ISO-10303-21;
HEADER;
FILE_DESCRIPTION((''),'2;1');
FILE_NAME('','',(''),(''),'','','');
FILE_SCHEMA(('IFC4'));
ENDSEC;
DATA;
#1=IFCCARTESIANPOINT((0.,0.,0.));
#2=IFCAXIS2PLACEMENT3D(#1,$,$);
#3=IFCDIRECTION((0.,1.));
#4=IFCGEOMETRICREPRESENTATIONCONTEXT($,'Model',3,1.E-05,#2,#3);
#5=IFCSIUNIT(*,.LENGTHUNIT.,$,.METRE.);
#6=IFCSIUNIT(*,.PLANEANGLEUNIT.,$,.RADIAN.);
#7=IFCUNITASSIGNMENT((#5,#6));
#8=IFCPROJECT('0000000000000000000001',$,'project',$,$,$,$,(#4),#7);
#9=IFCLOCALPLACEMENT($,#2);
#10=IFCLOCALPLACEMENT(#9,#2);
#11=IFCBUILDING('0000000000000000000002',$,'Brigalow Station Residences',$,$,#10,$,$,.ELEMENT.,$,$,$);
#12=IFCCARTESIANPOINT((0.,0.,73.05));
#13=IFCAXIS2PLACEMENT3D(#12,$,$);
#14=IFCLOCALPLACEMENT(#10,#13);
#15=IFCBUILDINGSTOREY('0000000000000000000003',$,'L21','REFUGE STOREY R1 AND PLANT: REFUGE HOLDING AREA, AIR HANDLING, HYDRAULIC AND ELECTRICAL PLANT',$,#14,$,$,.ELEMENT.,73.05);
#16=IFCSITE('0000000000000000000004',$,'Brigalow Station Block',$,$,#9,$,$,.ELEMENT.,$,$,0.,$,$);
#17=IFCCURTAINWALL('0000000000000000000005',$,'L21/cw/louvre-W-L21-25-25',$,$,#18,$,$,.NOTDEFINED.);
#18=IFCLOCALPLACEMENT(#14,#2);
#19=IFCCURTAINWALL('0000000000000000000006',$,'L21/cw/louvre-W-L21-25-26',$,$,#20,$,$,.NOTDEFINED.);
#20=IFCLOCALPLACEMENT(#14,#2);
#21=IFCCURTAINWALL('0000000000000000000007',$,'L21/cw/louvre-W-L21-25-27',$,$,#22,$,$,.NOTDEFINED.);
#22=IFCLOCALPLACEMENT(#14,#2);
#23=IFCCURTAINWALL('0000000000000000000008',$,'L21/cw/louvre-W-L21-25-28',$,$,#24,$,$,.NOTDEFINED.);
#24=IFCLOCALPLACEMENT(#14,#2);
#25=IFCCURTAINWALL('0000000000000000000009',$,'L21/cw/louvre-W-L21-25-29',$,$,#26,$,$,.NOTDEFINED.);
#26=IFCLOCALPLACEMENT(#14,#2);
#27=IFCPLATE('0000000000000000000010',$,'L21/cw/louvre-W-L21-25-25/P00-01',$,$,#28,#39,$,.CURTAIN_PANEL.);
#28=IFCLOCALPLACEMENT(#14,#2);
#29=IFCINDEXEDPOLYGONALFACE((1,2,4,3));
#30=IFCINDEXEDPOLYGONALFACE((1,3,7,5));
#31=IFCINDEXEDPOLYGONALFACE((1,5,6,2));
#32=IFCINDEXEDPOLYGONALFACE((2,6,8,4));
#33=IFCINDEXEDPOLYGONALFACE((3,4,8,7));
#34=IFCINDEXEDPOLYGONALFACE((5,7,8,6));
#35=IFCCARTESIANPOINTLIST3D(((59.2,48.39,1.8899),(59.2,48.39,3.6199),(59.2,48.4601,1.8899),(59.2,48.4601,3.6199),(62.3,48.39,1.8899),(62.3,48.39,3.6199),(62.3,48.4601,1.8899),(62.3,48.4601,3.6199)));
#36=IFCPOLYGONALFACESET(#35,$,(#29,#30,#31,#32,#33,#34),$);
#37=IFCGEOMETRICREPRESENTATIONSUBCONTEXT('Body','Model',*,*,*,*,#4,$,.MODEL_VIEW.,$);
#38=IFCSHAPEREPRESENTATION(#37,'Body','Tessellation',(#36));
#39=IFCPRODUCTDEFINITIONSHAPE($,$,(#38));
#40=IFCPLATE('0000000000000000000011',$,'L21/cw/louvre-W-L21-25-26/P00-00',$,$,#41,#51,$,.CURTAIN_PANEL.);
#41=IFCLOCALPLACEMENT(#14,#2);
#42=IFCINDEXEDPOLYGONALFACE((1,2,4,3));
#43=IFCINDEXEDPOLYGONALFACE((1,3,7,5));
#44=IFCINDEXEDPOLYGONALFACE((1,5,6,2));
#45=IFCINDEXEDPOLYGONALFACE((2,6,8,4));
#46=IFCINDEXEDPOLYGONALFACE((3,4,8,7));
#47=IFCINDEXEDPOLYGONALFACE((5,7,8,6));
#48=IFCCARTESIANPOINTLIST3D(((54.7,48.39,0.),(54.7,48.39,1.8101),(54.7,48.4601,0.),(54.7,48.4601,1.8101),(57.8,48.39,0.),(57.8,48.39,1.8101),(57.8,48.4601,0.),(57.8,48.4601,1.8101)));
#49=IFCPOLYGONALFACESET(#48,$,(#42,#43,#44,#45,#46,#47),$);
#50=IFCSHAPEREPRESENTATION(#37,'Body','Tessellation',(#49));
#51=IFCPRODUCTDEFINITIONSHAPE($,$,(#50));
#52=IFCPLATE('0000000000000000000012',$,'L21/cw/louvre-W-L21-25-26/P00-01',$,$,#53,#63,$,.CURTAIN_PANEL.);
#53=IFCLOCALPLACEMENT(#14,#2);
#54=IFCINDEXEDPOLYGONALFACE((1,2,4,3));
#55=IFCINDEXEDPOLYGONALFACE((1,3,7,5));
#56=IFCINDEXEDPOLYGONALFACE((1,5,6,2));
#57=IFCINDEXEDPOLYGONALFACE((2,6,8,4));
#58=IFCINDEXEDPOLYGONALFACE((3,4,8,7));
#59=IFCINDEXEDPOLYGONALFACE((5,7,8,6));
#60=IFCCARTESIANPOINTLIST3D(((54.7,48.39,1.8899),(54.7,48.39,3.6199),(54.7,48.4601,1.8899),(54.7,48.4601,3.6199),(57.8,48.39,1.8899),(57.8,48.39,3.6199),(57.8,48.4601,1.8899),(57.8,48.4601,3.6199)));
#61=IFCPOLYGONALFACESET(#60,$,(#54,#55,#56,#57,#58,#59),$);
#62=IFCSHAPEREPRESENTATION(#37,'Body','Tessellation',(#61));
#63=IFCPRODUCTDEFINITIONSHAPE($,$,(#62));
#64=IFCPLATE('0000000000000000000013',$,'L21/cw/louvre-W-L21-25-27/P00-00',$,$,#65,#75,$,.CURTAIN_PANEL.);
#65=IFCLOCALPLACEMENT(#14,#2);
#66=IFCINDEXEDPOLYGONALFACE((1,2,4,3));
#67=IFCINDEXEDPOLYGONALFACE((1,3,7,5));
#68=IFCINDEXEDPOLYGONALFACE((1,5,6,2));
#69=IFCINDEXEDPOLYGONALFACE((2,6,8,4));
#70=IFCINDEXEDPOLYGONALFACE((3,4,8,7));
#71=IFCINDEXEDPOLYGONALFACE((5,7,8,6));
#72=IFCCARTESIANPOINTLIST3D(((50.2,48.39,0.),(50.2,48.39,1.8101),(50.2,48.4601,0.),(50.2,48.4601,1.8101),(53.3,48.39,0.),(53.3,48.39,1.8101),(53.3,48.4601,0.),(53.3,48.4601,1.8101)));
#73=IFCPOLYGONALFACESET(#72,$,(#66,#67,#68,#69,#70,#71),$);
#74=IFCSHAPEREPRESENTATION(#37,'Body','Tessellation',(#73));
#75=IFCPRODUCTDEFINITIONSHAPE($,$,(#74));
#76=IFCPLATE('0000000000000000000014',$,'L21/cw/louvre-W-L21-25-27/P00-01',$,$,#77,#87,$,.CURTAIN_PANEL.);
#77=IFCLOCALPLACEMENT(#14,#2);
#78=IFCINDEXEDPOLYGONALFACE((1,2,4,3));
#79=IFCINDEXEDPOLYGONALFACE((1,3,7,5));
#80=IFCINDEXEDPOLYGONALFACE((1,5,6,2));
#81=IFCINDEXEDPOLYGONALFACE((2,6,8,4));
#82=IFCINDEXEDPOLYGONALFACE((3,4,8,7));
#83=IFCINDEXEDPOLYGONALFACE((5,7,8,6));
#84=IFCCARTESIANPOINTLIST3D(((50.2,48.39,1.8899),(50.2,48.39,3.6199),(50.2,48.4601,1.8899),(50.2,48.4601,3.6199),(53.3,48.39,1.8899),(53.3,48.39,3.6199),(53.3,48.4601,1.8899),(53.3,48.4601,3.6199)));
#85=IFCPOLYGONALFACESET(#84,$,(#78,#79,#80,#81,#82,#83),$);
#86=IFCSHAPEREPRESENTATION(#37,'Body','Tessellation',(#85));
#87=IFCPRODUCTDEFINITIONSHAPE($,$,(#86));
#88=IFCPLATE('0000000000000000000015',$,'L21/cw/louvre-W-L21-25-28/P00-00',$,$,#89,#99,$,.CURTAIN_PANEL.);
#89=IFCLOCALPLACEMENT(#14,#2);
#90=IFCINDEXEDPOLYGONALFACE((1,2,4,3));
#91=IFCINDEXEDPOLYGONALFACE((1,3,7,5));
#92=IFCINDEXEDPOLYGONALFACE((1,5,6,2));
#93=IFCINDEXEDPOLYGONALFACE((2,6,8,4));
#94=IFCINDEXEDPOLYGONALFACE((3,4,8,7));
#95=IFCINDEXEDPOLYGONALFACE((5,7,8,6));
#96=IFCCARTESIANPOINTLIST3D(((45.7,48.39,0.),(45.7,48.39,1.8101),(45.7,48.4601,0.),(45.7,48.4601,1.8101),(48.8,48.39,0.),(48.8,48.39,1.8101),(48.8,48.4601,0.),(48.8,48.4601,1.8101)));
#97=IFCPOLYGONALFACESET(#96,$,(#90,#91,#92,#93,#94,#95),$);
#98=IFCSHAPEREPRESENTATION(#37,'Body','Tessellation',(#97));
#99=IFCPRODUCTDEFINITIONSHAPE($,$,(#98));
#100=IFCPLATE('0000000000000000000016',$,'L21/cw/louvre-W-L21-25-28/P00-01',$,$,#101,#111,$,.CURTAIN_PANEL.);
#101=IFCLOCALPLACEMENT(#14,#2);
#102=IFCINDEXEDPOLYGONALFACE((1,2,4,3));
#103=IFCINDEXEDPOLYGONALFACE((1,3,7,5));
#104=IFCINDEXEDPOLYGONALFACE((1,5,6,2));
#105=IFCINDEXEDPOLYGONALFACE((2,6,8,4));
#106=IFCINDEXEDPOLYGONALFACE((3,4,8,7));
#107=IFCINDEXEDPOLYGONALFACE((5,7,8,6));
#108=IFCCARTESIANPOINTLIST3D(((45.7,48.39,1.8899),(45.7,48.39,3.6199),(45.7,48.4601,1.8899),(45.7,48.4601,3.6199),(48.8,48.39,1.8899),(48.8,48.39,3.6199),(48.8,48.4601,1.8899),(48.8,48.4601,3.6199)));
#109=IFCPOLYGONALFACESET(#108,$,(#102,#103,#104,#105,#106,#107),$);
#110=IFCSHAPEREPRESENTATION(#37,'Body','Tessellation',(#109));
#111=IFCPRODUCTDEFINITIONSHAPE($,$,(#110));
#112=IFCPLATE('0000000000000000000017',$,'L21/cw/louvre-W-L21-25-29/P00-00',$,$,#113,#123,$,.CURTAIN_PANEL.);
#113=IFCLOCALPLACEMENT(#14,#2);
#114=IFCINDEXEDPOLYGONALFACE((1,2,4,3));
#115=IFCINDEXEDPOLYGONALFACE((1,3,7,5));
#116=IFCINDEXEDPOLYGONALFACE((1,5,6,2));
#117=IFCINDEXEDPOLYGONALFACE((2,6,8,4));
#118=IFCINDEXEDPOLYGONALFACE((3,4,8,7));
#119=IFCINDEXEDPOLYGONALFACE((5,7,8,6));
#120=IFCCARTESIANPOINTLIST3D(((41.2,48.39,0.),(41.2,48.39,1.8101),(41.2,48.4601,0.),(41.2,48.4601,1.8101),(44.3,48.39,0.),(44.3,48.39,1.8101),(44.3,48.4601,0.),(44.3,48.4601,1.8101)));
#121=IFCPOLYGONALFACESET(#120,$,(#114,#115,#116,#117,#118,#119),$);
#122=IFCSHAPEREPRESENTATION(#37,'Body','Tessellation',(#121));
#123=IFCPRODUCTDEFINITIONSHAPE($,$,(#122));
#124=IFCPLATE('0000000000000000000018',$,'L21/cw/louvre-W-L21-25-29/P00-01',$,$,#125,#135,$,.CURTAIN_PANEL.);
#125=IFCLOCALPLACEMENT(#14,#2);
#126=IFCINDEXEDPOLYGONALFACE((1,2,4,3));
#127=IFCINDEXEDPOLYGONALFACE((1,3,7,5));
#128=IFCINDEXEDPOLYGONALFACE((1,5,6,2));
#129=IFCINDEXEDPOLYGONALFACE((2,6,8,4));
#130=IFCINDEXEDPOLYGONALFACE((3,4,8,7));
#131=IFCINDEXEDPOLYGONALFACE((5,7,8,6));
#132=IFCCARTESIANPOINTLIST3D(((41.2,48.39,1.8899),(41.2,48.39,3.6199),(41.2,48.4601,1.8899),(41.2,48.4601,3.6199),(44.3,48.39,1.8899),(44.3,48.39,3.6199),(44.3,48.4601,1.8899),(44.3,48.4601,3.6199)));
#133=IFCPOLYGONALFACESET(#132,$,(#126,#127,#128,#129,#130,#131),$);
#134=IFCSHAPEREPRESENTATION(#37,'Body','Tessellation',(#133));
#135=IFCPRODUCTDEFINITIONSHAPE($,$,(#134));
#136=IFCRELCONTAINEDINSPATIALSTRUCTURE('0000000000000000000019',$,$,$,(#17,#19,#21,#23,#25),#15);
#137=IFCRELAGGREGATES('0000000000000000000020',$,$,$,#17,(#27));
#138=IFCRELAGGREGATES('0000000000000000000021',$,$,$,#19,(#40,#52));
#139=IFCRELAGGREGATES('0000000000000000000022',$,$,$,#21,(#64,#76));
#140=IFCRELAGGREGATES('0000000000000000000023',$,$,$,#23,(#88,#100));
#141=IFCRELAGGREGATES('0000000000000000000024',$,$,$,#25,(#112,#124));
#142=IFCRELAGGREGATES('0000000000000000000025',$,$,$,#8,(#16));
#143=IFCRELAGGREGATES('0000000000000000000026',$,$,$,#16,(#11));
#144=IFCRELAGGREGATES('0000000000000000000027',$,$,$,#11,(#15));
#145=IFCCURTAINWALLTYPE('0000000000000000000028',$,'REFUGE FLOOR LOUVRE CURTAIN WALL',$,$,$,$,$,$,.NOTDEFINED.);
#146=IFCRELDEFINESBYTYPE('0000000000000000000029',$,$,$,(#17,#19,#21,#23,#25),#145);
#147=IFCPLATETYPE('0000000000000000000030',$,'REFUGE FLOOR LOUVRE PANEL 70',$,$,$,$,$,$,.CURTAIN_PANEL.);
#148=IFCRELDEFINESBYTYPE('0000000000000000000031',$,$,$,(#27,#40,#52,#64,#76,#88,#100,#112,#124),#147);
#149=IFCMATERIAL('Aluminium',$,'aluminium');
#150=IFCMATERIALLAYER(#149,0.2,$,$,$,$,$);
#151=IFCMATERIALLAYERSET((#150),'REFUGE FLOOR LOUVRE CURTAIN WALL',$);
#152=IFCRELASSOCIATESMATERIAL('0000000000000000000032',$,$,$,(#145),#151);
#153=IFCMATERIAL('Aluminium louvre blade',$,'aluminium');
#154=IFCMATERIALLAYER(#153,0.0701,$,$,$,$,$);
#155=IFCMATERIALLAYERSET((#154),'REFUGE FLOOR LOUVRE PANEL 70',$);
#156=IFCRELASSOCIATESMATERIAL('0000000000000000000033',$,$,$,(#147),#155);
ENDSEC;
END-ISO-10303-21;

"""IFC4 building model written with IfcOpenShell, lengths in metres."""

from ifc_helpers import new_model, si_unit, direction, frame, origin, origin_2d, place, context, subcontext, project, spatial, rectangle, extrude, material, layer, layer_set, type_object, element, aggregate, save


model = new_model("IFC4")

# Units and contexts
model_context = context("Model", 3, precision=1e-05, world=origin(), true_north=direction((0.0, 1.0)))
body_context = subcontext(model_context, "Body", "Model", "MODEL_VIEW")
ifc_project = project(units=[si_unit("LENGTHUNIT", "METRE"), si_unit("PLANEANGLEUNIT", "RADIAN")], contexts=[model_context])

# Site, building, storey
site_placement = place(None, origin())
site = spatial("IfcSite", under=ifc_project, at=site_placement, Name="Brigalow Station Block", CompositionType="ELEMENT", RefElevation=0.0)
building_placement = place(site_placement, origin())
building = spatial("IfcBuilding", under=site, at=building_placement, Name="Brigalow Station Residences", CompositionType="ELEMENT")
storey_placement = place(building_placement, frame((0.0, 0.0, 73.05)))
storey = spatial("IfcBuildingStorey", under=building, at=storey_placement, Name="L21", Description="REFUGE STOREY R1 AND PLANT: REFUGE HOLDING AREA, AIR HANDLING, HYDRAULIC AND ELECTRICAL PLANT", CompositionType="ELEMENT", Elevation=73.05)

# Curtain walls
ifc_material_1 = material(Name="Aluminium", Category="aluminium")
ifc_layer_1 = layer(ifc_material_1, 0.2)
ifc_layer_set_1 = layer_set([ifc_layer_1], Name="REFUGE FLOOR LOUVRE CURTAIN WALL")
curtain_wall_type = type_object("IfcCurtainWallType", Name="REFUGE FLOOR LOUVRE CURTAIN WALL", PredefinedType="NOTDEFINED", material=ifc_layer_set_1)
curtain_wall_1_placement = place(storey_placement, origin())
curtain_wall_1 = element("IfcCurtainWall", 1, at=curtain_wall_1_placement, inside=storey, type_object=curtain_wall_type, Name="L21/cw/louvre-W-L21-25-25", PredefinedType="NOTDEFINED")
curtain_wall_2_placement = place(storey_placement, origin())
curtain_wall_2 = element("IfcCurtainWall", 2, at=curtain_wall_2_placement, inside=storey, type_object=curtain_wall_type, Name="L21/cw/louvre-W-L21-25-26", PredefinedType="NOTDEFINED")
curtain_wall_3_placement = place(storey_placement, origin())
curtain_wall_3 = element("IfcCurtainWall", 3, at=curtain_wall_3_placement, inside=storey, type_object=curtain_wall_type, Name="L21/cw/louvre-W-L21-25-27", PredefinedType="NOTDEFINED")
curtain_wall_4_placement = place(storey_placement, origin())
curtain_wall_4 = element("IfcCurtainWall", 4, at=curtain_wall_4_placement, inside=storey, type_object=curtain_wall_type, Name="L21/cw/louvre-W-L21-25-28", PredefinedType="NOTDEFINED")
curtain_wall_5_placement = place(storey_placement, origin())
curtain_wall_5 = element("IfcCurtainWall", 5, at=curtain_wall_5_placement, inside=storey, type_object=curtain_wall_type, Name="L21/cw/louvre-W-L21-25-29", PredefinedType="NOTDEFINED")

# Plates
ifc_material_2 = material(Name="Aluminium louvre blade", Category="aluminium")
ifc_layer_2 = layer(ifc_material_2, 0.0701)
ifc_layer_set_2 = layer_set([ifc_layer_2], Name="REFUGE FLOOR LOUVRE PANEL 70")
plate_type = type_object("IfcPlateType", Name="REFUGE FLOOR LOUVRE PANEL 70", PredefinedType="CURTAIN_PANEL", material=ifc_layer_set_2)
plate_1_placement = place(storey_placement, frame((60.75, 48.425, 1.8899), z_axis=(0.0, 0.0, 1.0), x_axis=(-1.0, 0.0, 0.0)))
plate_1 = element("IfcPlate", 6, at=plate_1_placement, type_object=plate_type, Name="L21/cw/louvre-W-L21-25-25/P00-01", PredefinedType="CURTAIN_PANEL", context=body_context, shape_type="SweptSolid", body=[
    extrude(rectangle(XDim=3.1001, YDim=0.0701, at=origin_2d()), origin(), (0.0, 0.0, 1.0), 1.73),
])
aggregate(curtain_wall_1, [plate_1])
plate_2_placement = place(storey_placement, frame((56.25, 48.425, 0.0), z_axis=(0.0, 0.0, 1.0), x_axis=(-1.0, 0.0, 0.0)))
plate_2 = element("IfcPlate", 7, at=plate_2_placement, type_object=plate_type, Name="L21/cw/louvre-W-L21-25-26/P00-00", PredefinedType="CURTAIN_PANEL", context=body_context, shape_type="SweptSolid", body=[
    extrude(rectangle(XDim=3.1001, YDim=0.0701, at=origin_2d()), origin(), (0.0, 0.0, 1.0), 1.8101),
])
plate_3_placement = place(storey_placement, frame((56.25, 48.425, 1.8899), z_axis=(0.0, 0.0, 1.0), x_axis=(-1.0, 0.0, 0.0)))
plate_3 = element("IfcPlate", 8, at=plate_3_placement, type_object=plate_type, Name="L21/cw/louvre-W-L21-25-26/P00-01", PredefinedType="CURTAIN_PANEL", context=body_context, shape_type="SweptSolid", body=[
    extrude(rectangle(XDim=3.1001, YDim=0.0701, at=origin_2d()), origin(), (0.0, 0.0, 1.0), 1.73),
])
aggregate(curtain_wall_2, [plate_2, plate_3])
plate_4_placement = place(storey_placement, frame((51.75, 48.425, 0.0), z_axis=(0.0, 0.0, 1.0), x_axis=(-1.0, 0.0, 0.0)))
plate_4 = element("IfcPlate", 9, at=plate_4_placement, type_object=plate_type, Name="L21/cw/louvre-W-L21-25-27/P00-00", PredefinedType="CURTAIN_PANEL", context=body_context, shape_type="SweptSolid", body=[
    extrude(rectangle(XDim=3.1001, YDim=0.0701, at=origin_2d()), origin(), (0.0, 0.0, 1.0), 1.8101),
])
plate_5_placement = place(storey_placement, frame((51.75, 48.425, 1.8899), z_axis=(0.0, 0.0, 1.0), x_axis=(-1.0, 0.0, 0.0)))
plate_5 = element("IfcPlate", 10, at=plate_5_placement, type_object=plate_type, Name="L21/cw/louvre-W-L21-25-27/P00-01", PredefinedType="CURTAIN_PANEL", context=body_context, shape_type="SweptSolid", body=[
    extrude(rectangle(XDim=3.1001, YDim=0.0701, at=origin_2d()), origin(), (0.0, 0.0, 1.0), 1.73),
])
aggregate(curtain_wall_3, [plate_4, plate_5])
plate_6_placement = place(storey_placement, frame((47.25, 48.425, 0.0), z_axis=(0.0, 0.0, 1.0), x_axis=(-1.0, 0.0, 0.0)))
plate_6 = element("IfcPlate", 11, at=plate_6_placement, type_object=plate_type, Name="L21/cw/louvre-W-L21-25-28/P00-00", PredefinedType="CURTAIN_PANEL", context=body_context, shape_type="SweptSolid", body=[
    extrude(rectangle(XDim=3.1001, YDim=0.0701, at=origin_2d()), origin(), (0.0, 0.0, 1.0), 1.8101),
])
plate_7_placement = place(storey_placement, frame((47.25, 48.425, 1.8899), z_axis=(0.0, 0.0, 1.0), x_axis=(-1.0, 0.0, 0.0)))
plate_7 = element("IfcPlate", 12, at=plate_7_placement, type_object=plate_type, Name="L21/cw/louvre-W-L21-25-28/P00-01", PredefinedType="CURTAIN_PANEL", context=body_context, shape_type="SweptSolid", body=[
    extrude(rectangle(XDim=3.1001, YDim=0.0701, at=origin_2d()), origin(), (0.0, 0.0, 1.0), 1.73),
])
aggregate(curtain_wall_4, [plate_6, plate_7])
plate_8_placement = place(storey_placement, frame((42.75, 48.425, 0.0), z_axis=(0.0, 0.0, 1.0), x_axis=(-1.0, 0.0, 0.0)))
plate_8 = element("IfcPlate", 13, at=plate_8_placement, type_object=plate_type, Name="L21/cw/louvre-W-L21-25-29/P00-00", PredefinedType="CURTAIN_PANEL", context=body_context, shape_type="SweptSolid", body=[
    extrude(rectangle(XDim=3.1001, YDim=0.0701, at=origin_2d()), origin(), (0.0, 0.0, 1.0), 1.8101),
])
plate_9_placement = place(storey_placement, frame((42.75, 48.425, 1.8899), z_axis=(0.0, 0.0, 1.0), x_axis=(-1.0, 0.0, 0.0)))
plate_9 = element("IfcPlate", 14, at=plate_9_placement, type_object=plate_type, Name="L21/cw/louvre-W-L21-25-29/P00-01", PredefinedType="CURTAIN_PANEL", context=body_context, shape_type="SweptSolid", body=[
    extrude(rectangle(XDim=3.1001, YDim=0.0701, at=origin_2d()), origin(), (0.0, 0.0, 1.0), 1.73),
])
aggregate(curtain_wall_5, [plate_8, plate_9])

save(model, "model.ifc")
